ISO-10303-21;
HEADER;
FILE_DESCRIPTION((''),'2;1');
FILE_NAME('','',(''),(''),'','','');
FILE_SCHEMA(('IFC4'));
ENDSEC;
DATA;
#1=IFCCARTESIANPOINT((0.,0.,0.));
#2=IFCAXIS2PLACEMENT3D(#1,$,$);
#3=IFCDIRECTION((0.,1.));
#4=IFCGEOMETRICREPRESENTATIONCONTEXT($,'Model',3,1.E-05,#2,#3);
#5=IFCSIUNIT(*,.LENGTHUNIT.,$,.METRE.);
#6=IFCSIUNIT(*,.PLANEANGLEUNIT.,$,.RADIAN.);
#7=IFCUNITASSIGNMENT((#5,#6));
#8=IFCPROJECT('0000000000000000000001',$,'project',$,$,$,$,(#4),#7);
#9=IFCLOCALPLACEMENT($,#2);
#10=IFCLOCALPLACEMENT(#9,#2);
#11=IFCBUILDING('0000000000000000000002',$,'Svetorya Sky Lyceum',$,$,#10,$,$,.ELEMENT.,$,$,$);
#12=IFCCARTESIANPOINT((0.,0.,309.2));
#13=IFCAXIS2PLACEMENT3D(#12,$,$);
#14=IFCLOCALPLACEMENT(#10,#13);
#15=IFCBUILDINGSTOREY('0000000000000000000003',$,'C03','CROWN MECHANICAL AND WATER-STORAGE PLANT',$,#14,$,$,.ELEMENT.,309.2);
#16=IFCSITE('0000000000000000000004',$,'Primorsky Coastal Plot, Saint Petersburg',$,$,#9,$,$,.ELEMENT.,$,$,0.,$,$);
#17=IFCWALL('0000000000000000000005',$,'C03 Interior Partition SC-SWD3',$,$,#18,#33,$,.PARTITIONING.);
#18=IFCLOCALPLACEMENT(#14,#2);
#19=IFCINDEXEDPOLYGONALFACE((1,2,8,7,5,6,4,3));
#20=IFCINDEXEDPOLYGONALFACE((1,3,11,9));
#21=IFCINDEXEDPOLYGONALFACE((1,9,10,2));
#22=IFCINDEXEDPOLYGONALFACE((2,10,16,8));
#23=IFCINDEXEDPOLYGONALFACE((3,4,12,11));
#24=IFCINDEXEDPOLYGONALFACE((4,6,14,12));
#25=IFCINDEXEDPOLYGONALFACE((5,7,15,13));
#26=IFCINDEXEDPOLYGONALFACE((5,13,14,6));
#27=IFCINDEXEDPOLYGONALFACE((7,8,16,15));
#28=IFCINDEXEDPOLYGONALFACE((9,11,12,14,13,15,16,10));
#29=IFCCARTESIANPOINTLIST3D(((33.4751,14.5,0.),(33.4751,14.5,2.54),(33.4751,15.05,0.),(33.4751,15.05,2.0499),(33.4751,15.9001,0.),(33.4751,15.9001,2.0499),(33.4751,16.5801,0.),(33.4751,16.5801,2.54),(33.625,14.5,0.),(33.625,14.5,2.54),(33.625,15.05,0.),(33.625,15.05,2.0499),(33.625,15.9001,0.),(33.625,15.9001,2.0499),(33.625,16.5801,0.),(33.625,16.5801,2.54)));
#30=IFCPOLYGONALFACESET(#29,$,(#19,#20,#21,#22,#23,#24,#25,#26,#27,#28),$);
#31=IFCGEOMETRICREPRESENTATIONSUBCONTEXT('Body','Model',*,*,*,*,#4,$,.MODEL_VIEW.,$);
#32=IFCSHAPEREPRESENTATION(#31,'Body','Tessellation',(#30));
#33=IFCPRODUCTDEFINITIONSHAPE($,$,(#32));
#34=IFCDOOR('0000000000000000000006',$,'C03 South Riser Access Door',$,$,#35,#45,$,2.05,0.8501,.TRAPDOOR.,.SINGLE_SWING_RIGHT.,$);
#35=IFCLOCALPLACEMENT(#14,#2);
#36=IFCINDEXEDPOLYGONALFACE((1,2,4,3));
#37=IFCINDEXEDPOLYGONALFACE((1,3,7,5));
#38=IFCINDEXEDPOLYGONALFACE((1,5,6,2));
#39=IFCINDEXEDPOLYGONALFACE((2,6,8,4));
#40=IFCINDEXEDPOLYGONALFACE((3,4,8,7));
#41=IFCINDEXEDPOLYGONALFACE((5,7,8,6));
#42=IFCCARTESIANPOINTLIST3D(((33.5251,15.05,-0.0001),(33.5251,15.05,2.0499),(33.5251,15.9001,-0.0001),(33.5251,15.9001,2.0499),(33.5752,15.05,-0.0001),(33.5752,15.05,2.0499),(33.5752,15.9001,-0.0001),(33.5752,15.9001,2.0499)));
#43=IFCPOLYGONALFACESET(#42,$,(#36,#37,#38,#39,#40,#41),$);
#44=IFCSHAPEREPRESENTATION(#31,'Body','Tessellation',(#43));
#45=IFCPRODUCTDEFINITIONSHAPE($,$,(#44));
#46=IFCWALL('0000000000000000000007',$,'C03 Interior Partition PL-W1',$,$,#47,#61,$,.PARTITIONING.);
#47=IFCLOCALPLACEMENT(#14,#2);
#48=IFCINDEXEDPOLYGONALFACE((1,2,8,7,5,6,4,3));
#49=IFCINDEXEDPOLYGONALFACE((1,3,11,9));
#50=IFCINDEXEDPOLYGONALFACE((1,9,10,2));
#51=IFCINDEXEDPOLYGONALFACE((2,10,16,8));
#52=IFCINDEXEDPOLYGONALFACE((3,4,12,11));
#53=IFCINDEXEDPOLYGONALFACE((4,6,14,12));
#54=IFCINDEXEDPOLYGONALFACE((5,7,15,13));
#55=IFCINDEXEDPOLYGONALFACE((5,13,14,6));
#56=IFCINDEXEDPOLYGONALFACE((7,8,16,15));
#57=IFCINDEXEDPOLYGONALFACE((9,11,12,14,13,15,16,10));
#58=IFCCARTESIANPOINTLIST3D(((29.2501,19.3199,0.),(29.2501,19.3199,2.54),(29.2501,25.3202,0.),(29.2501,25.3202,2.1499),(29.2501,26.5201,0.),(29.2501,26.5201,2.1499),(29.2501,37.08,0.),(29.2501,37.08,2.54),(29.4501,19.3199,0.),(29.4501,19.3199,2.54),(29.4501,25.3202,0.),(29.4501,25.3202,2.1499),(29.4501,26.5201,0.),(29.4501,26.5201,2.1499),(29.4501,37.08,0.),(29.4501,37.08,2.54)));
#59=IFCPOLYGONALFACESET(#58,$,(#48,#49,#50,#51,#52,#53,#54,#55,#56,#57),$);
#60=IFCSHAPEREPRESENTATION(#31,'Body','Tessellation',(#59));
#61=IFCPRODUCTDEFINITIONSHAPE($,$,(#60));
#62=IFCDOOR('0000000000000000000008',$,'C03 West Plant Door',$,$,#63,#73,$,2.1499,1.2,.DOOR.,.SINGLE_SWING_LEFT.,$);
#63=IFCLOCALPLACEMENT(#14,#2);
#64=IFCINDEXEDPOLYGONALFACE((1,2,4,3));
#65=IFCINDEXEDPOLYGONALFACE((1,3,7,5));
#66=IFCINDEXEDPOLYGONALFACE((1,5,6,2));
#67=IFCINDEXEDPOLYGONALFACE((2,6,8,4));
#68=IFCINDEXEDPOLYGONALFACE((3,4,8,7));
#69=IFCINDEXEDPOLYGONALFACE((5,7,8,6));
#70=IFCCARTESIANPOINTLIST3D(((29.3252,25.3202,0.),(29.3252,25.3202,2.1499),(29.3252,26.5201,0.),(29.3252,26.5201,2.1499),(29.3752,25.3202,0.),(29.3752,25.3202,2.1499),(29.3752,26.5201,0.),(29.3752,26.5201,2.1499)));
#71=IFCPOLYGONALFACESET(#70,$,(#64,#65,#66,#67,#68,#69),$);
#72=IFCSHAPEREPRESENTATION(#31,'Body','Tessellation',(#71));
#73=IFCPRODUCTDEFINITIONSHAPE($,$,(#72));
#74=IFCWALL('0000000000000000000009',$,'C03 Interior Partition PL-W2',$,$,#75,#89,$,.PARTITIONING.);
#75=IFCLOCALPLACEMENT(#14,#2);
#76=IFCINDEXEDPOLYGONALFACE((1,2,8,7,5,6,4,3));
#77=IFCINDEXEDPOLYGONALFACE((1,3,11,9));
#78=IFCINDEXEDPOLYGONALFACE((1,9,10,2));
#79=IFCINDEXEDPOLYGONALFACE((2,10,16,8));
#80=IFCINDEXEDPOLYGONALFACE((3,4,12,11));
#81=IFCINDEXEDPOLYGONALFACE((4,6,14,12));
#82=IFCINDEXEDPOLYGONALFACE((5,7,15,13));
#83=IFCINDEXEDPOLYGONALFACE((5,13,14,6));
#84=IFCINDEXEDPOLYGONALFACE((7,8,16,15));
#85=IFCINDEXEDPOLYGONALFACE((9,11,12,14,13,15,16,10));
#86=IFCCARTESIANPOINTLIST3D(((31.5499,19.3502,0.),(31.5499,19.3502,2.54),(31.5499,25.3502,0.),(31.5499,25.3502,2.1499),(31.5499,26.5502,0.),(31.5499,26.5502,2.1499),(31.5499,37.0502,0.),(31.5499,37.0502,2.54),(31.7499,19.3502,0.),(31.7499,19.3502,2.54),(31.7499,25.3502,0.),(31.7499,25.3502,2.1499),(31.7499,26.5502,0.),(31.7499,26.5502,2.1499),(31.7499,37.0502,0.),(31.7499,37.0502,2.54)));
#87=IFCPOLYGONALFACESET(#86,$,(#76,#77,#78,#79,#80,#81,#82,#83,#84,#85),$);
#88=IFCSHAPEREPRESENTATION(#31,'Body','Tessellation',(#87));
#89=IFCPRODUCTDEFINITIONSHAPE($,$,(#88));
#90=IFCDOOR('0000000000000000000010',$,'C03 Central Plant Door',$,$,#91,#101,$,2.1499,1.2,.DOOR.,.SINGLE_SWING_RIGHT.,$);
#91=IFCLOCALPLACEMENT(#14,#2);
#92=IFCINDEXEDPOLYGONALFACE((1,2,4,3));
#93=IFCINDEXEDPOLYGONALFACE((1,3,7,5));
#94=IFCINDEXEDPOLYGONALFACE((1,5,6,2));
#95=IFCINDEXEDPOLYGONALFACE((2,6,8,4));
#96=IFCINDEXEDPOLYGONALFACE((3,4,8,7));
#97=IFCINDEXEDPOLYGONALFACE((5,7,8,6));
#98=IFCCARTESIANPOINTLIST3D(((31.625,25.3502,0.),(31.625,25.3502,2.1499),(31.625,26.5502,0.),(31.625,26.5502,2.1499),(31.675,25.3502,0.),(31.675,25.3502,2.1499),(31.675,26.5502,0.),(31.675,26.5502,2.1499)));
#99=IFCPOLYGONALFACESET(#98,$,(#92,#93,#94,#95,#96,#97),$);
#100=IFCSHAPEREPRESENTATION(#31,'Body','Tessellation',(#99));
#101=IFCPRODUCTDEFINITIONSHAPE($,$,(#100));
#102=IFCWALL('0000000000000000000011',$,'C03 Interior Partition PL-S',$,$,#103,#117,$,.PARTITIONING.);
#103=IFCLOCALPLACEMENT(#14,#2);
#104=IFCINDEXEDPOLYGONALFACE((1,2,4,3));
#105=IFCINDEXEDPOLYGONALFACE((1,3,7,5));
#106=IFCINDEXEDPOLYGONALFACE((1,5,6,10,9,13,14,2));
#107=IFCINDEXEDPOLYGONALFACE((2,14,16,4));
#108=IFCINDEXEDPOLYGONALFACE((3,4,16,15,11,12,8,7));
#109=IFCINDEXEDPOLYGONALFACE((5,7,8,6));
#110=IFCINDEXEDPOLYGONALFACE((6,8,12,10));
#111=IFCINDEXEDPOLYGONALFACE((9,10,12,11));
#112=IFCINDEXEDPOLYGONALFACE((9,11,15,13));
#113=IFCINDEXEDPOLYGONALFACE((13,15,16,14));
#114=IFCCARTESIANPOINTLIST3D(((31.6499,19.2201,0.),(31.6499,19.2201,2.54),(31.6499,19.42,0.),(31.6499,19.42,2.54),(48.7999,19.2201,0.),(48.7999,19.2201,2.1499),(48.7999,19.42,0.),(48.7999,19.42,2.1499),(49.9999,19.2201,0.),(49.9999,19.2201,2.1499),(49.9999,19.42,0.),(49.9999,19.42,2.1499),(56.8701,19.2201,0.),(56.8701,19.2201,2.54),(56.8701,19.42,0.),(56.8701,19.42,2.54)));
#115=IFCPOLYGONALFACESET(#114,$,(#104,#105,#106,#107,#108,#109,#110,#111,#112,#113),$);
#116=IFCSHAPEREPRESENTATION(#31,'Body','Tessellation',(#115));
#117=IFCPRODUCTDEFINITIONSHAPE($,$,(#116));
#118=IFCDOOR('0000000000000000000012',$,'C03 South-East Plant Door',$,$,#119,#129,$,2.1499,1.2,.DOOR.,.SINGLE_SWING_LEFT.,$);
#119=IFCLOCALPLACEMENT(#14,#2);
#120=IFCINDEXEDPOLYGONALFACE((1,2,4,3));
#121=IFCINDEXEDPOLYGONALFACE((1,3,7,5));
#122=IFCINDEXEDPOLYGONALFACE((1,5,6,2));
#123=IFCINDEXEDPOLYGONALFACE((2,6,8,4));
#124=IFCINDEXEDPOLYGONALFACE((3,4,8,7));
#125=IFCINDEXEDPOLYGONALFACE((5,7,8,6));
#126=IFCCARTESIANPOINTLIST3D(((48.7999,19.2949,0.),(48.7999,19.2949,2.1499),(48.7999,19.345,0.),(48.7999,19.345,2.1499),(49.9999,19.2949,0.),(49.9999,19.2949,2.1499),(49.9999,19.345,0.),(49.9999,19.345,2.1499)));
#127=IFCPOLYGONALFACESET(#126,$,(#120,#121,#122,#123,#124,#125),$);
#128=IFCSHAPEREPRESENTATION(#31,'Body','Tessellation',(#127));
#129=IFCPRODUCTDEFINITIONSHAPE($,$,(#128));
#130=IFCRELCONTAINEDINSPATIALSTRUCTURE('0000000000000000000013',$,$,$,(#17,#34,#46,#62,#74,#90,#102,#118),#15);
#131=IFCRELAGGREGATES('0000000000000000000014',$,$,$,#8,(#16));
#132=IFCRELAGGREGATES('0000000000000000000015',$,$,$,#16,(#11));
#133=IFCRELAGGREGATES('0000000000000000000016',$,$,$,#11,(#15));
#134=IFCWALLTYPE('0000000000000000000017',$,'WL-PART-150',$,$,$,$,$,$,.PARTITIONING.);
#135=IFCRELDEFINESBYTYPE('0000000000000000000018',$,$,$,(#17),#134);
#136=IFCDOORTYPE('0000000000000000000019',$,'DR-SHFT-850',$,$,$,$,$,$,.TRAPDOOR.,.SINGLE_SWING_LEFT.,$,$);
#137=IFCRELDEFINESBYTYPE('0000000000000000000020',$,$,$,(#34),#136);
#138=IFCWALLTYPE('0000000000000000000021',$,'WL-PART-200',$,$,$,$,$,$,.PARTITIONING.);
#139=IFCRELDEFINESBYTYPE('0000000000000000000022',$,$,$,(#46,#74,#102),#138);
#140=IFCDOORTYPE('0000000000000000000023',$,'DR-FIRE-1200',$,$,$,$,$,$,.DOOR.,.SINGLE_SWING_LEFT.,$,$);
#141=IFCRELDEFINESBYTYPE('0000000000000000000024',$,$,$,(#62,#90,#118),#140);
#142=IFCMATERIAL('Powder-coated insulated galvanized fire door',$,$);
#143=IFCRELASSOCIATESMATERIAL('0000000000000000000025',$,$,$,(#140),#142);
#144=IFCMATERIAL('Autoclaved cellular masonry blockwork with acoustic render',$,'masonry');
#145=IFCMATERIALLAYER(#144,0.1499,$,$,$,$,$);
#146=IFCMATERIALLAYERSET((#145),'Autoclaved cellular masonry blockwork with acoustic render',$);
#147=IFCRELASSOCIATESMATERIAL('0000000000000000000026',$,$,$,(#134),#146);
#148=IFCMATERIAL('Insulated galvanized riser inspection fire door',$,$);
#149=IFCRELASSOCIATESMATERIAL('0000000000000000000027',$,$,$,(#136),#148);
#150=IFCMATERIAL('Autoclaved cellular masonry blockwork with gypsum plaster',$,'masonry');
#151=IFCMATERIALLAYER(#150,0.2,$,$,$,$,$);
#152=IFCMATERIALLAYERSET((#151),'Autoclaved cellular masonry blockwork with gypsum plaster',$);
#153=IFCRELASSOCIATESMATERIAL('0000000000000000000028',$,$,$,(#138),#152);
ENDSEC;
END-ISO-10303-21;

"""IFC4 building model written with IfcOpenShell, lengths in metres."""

from ifc_helpers import new_model, si_unit, direction, frame, frame_2d, origin, place, context, subcontext, project, spatial, rectangle, extrude, material, layer, layer_set, type_object, element, fill, save


model = new_model("IFC4")

# Units and contexts
model_context = context("Model", 3, precision=1e-05, world=origin(), true_north=direction((0.0, 1.0)))
body_context = subcontext(model_context, "Body", "Model", "MODEL_VIEW")
ifc_project = project(units=[si_unit("LENGTHUNIT", "METRE"), si_unit("PLANEANGLEUNIT", "RADIAN")], contexts=[model_context])

# Site, building, storey
site_placement = place(None, origin())
site = spatial("IfcSite", under=ifc_project, at=site_placement, Name="Primorsky Coastal Plot, Saint Petersburg", CompositionType="ELEMENT", RefElevation=0.0)
building_placement = place(site_placement, origin())
building = spatial("IfcBuilding", under=site, at=building_placement, Name="Svetorya Sky Lyceum", CompositionType="ELEMENT")
storey_placement = place(building_placement, frame((0.0, 0.0, 309.2)))
storey = spatial("IfcBuildingStorey", under=building, at=storey_placement, Name="C03", Description="CROWN MECHANICAL AND WATER-STORAGE PLANT", CompositionType="ELEMENT", Elevation=309.2)

# Shared definitions
ifc_material_1 = material(Name="Powder-coated insulated galvanized fire door")
door_type_1 = type_object("IfcDoorType", Name="DR-FIRE-1200", OperationType="SINGLE_SWING_LEFT", PredefinedType="DOOR", material=ifc_material_1)

# Shared definitions
ifc_material_2 = material(Name="Autoclaved cellular masonry blockwork with acoustic render", Category="masonry")
ifc_layer_1 = layer(ifc_material_2, 0.1499)
ifc_layer_set_1 = layer_set([ifc_layer_1], Name="Autoclaved cellular masonry blockwork with acoustic render")
wall_type_1 = type_object("IfcWallType", Name="WL-PART-150", PredefinedType="PARTITIONING", material=ifc_layer_set_1)

# Walls, openings, doors
wall_1_placement = place(storey_placement, frame((33.55, 14.5, 0.0), z_axis=(0.0, 0.0, 1.0), x_axis=(0.0, 1.0, 0.0)))
wall_1 = element("IfcWall", 1, at=wall_1_placement, inside=storey, type_object=wall_type_1, Name="C03 Interior Partition SC-SWD3", PredefinedType="PARTITIONING", context=body_context, shape_type="SweptSolid", body=[
    extrude(rectangle(XDim=2.0801, YDim=0.1499, at=frame_2d((1.04, 0.0))), origin(), (0.0, 0.0, 1.0), 2.54),
])
opening_1_placement = place(wall_1_placement, frame((0.55, 0.0, 0.0)))
opening_1 = element("IfcOpeningElement", 2, at=opening_1_placement, cuts=wall_1, PredefinedType="OPENING", context=body_context, shape_type="SweptSolid", body=[
    extrude(rectangle(XDim=0.8501, YDim=2.05, at=frame_2d((0.425, 1.0249))), frame((0.0, 0.085, 0.0), z_axis=(0.0, -1.0, 0.0), x_axis=(1.0, 0.0, 0.0)), (0.0, 0.0, 1.0), 0.1699),
])
ifc_material_3 = material(Name="Insulated galvanized riser inspection fire door")
door_type_2 = type_object("IfcDoorType", Name="DR-SHFT-850", OperationType="SINGLE_SWING_LEFT", PredefinedType="TRAPDOOR", material=ifc_material_3)
door_1_placement = place(opening_1_placement, origin())
door_1 = element("IfcDoor", 3, at=door_1_placement, inside=storey, type_object=door_type_2, Name="C03 South Riser Access Door", OperationType="SINGLE_SWING_RIGHT", OverallHeight=2.05, OverallWidth=0.8501, PredefinedType="TRAPDOOR", context=body_context, shape_type="SweptSolid", body=[
    extrude(rectangle(XDim=0.8501, YDim=2.05, at=frame_2d((0.425, 1.0249))), frame((0.0, 0.0249, 0.0), z_axis=(0.0, -1.0, 0.0), x_axis=(1.0, 0.0, 0.0)), (0.0, 0.0, 1.0), 0.05),
])
fill(opening_1, door_1)
ifc_material_4 = material(Name="Autoclaved cellular masonry blockwork with gypsum plaster", Category="masonry")
ifc_layer_2 = layer(ifc_material_4, 0.2)
ifc_layer_set_2 = layer_set([ifc_layer_2], Name="Autoclaved cellular masonry blockwork with gypsum plaster")
wall_type_2 = type_object("IfcWallType", Name="WL-PART-200", PredefinedType="PARTITIONING", material=ifc_layer_set_2)
wall_2_placement = place(storey_placement, frame((29.3501, 19.3201, 0.0), z_axis=(0.0, 0.0, 1.0), x_axis=(0.0, 1.0, 0.0)))
wall_2 = element("IfcWall", 4, at=wall_2_placement, inside=storey, type_object=wall_type_2, Name="C03 Interior Partition PL-W1", PredefinedType="PARTITIONING", context=body_context, shape_type="SweptSolid", body=[
    extrude(rectangle(XDim=17.76, YDim=0.2, at=frame_2d((8.8799, 0.0))), origin(), (0.0, 0.0, 1.0), 2.54),
])
opening_2_placement = place(wall_2_placement, frame((6.0, 0.0, 0.0)))
opening_2 = element("IfcOpeningElement", 5, at=opening_2_placement, cuts=wall_2, PredefinedType="OPENING", context=body_context, shape_type="SweptSolid", body=[
    extrude(rectangle(XDim=1.2, YDim=2.1499, at=frame_2d((0.6001, 1.075))), frame((0.0, 0.1099, 0.0), z_axis=(0.0, -1.0, 0.0), x_axis=(1.0, 0.0, 0.0)), (0.0, 0.0, 1.0), 0.22),
])
door_2_placement = place(opening_2_placement, origin())
door_2 = element("IfcDoor", 6, at=door_2_placement, inside=storey, type_object=door_type_1, Name="C03 West Plant Door", OperationType="SINGLE_SWING_LEFT", OverallHeight=2.1499, OverallWidth=1.2, PredefinedType="DOOR", context=body_context, shape_type="SweptSolid", body=[
    extrude(rectangle(XDim=1.2, YDim=2.1499, at=frame_2d((0.6001, 1.075))), frame((0.0, 0.0249, 0.0), z_axis=(0.0, -1.0, 0.0), x_axis=(1.0, 0.0, 0.0)), (0.0, 0.0, 1.0), 0.05),
])
fill(opening_2, door_2)
wall_3_placement = place(storey_placement, frame((31.6499, 19.3501, 0.0), z_axis=(0.0, 0.0, 1.0), x_axis=(0.0, 1.0, 0.0)))
wall_3 = element("IfcWall", 7, at=wall_3_placement, inside=storey, type_object=wall_type_2, Name="C03 Interior Partition PL-W2", PredefinedType="PARTITIONING", context=body_context, shape_type="SweptSolid", body=[
    extrude(rectangle(XDim=17.7, YDim=0.2, at=frame_2d((8.8501, 0.0))), origin(), (0.0, 0.0, 1.0), 2.54),
])
opening_3_placement = place(wall_3_placement, frame((6.0, 0.0, 0.0)))
opening_3 = element("IfcOpeningElement", 8, at=opening_3_placement, cuts=wall_3, PredefinedType="OPENING", context=body_context, shape_type="SweptSolid", body=[
    extrude(rectangle(XDim=1.2, YDim=2.1499, at=frame_2d((0.6001, 1.075))), frame((0.0, 0.1099, 0.0), z_axis=(0.0, -1.0, 0.0), x_axis=(1.0, 0.0, 0.0)), (0.0, 0.0, 1.0), 0.22),
])
door_3_placement = place(opening_3_placement, origin())
door_3 = element("IfcDoor", 9, at=door_3_placement, inside=storey, type_object=door_type_1, Name="C03 Central Plant Door", OperationType="SINGLE_SWING_RIGHT", OverallHeight=2.1499, OverallWidth=1.2, PredefinedType="DOOR", context=body_context, shape_type="SweptSolid", body=[
    extrude(rectangle(XDim=1.2, YDim=2.1499, at=frame_2d((0.6001, 1.075))), frame((0.0, 0.0249, 0.0), z_axis=(0.0, -1.0, 0.0), x_axis=(1.0, 0.0, 0.0)), (0.0, 0.0, 1.0), 0.05),
])
fill(opening_3, door_3)
wall_4_placement = place(storey_placement, frame((31.6499, 19.3201, 0.0), z_axis=(0.0, 0.0, 1.0), x_axis=(1.0, 0.0, 0.0)))
wall_4 = element("IfcWall", 10, at=wall_4_placement, inside=storey, type_object=wall_type_2, Name="C03 Interior Partition PL-S", PredefinedType="PARTITIONING", context=body_context, shape_type="SweptSolid", body=[
    extrude(rectangle(XDim=25.2202, YDim=0.2, at=frame_2d((12.6101, 0.0))), origin(), (0.0, 0.0, 1.0), 2.54),
])
opening_4_placement = place(wall_4_placement, frame((17.1499, 0.0, 0.0)))
opening_4 = element("IfcOpeningElement", 11, at=opening_4_placement, cuts=wall_4, PredefinedType="OPENING", context=body_context, shape_type="SweptSolid", body=[
    extrude(rectangle(XDim=1.2, YDim=2.1499, at=frame_2d((0.6001, 1.075))), frame((0.0, 0.1099, 0.0), z_axis=(0.0, -1.0, 0.0), x_axis=(1.0, 0.0, 0.0)), (0.0, 0.0, 1.0), 0.22),
])
door_4_placement = place(opening_4_placement, origin())
door_4 = element("IfcDoor", 12, at=door_4_placement, inside=storey, type_object=door_type_1, Name="C03 South-East Plant Door", OperationType="SINGLE_SWING_LEFT", OverallHeight=2.1499, OverallWidth=1.2, PredefinedType="DOOR", context=body_context, shape_type="SweptSolid", body=[
    extrude(rectangle(XDim=1.2, YDim=2.1499, at=frame_2d((0.6001, 1.075))), frame((0.0, 0.0249, 0.0), z_axis=(0.0, -1.0, 0.0), x_axis=(1.0, 0.0, 0.0)), (0.0, 0.0, 1.0), 0.05),
])
fill(opening_4, door_4)

save(model, "model.ifc")
